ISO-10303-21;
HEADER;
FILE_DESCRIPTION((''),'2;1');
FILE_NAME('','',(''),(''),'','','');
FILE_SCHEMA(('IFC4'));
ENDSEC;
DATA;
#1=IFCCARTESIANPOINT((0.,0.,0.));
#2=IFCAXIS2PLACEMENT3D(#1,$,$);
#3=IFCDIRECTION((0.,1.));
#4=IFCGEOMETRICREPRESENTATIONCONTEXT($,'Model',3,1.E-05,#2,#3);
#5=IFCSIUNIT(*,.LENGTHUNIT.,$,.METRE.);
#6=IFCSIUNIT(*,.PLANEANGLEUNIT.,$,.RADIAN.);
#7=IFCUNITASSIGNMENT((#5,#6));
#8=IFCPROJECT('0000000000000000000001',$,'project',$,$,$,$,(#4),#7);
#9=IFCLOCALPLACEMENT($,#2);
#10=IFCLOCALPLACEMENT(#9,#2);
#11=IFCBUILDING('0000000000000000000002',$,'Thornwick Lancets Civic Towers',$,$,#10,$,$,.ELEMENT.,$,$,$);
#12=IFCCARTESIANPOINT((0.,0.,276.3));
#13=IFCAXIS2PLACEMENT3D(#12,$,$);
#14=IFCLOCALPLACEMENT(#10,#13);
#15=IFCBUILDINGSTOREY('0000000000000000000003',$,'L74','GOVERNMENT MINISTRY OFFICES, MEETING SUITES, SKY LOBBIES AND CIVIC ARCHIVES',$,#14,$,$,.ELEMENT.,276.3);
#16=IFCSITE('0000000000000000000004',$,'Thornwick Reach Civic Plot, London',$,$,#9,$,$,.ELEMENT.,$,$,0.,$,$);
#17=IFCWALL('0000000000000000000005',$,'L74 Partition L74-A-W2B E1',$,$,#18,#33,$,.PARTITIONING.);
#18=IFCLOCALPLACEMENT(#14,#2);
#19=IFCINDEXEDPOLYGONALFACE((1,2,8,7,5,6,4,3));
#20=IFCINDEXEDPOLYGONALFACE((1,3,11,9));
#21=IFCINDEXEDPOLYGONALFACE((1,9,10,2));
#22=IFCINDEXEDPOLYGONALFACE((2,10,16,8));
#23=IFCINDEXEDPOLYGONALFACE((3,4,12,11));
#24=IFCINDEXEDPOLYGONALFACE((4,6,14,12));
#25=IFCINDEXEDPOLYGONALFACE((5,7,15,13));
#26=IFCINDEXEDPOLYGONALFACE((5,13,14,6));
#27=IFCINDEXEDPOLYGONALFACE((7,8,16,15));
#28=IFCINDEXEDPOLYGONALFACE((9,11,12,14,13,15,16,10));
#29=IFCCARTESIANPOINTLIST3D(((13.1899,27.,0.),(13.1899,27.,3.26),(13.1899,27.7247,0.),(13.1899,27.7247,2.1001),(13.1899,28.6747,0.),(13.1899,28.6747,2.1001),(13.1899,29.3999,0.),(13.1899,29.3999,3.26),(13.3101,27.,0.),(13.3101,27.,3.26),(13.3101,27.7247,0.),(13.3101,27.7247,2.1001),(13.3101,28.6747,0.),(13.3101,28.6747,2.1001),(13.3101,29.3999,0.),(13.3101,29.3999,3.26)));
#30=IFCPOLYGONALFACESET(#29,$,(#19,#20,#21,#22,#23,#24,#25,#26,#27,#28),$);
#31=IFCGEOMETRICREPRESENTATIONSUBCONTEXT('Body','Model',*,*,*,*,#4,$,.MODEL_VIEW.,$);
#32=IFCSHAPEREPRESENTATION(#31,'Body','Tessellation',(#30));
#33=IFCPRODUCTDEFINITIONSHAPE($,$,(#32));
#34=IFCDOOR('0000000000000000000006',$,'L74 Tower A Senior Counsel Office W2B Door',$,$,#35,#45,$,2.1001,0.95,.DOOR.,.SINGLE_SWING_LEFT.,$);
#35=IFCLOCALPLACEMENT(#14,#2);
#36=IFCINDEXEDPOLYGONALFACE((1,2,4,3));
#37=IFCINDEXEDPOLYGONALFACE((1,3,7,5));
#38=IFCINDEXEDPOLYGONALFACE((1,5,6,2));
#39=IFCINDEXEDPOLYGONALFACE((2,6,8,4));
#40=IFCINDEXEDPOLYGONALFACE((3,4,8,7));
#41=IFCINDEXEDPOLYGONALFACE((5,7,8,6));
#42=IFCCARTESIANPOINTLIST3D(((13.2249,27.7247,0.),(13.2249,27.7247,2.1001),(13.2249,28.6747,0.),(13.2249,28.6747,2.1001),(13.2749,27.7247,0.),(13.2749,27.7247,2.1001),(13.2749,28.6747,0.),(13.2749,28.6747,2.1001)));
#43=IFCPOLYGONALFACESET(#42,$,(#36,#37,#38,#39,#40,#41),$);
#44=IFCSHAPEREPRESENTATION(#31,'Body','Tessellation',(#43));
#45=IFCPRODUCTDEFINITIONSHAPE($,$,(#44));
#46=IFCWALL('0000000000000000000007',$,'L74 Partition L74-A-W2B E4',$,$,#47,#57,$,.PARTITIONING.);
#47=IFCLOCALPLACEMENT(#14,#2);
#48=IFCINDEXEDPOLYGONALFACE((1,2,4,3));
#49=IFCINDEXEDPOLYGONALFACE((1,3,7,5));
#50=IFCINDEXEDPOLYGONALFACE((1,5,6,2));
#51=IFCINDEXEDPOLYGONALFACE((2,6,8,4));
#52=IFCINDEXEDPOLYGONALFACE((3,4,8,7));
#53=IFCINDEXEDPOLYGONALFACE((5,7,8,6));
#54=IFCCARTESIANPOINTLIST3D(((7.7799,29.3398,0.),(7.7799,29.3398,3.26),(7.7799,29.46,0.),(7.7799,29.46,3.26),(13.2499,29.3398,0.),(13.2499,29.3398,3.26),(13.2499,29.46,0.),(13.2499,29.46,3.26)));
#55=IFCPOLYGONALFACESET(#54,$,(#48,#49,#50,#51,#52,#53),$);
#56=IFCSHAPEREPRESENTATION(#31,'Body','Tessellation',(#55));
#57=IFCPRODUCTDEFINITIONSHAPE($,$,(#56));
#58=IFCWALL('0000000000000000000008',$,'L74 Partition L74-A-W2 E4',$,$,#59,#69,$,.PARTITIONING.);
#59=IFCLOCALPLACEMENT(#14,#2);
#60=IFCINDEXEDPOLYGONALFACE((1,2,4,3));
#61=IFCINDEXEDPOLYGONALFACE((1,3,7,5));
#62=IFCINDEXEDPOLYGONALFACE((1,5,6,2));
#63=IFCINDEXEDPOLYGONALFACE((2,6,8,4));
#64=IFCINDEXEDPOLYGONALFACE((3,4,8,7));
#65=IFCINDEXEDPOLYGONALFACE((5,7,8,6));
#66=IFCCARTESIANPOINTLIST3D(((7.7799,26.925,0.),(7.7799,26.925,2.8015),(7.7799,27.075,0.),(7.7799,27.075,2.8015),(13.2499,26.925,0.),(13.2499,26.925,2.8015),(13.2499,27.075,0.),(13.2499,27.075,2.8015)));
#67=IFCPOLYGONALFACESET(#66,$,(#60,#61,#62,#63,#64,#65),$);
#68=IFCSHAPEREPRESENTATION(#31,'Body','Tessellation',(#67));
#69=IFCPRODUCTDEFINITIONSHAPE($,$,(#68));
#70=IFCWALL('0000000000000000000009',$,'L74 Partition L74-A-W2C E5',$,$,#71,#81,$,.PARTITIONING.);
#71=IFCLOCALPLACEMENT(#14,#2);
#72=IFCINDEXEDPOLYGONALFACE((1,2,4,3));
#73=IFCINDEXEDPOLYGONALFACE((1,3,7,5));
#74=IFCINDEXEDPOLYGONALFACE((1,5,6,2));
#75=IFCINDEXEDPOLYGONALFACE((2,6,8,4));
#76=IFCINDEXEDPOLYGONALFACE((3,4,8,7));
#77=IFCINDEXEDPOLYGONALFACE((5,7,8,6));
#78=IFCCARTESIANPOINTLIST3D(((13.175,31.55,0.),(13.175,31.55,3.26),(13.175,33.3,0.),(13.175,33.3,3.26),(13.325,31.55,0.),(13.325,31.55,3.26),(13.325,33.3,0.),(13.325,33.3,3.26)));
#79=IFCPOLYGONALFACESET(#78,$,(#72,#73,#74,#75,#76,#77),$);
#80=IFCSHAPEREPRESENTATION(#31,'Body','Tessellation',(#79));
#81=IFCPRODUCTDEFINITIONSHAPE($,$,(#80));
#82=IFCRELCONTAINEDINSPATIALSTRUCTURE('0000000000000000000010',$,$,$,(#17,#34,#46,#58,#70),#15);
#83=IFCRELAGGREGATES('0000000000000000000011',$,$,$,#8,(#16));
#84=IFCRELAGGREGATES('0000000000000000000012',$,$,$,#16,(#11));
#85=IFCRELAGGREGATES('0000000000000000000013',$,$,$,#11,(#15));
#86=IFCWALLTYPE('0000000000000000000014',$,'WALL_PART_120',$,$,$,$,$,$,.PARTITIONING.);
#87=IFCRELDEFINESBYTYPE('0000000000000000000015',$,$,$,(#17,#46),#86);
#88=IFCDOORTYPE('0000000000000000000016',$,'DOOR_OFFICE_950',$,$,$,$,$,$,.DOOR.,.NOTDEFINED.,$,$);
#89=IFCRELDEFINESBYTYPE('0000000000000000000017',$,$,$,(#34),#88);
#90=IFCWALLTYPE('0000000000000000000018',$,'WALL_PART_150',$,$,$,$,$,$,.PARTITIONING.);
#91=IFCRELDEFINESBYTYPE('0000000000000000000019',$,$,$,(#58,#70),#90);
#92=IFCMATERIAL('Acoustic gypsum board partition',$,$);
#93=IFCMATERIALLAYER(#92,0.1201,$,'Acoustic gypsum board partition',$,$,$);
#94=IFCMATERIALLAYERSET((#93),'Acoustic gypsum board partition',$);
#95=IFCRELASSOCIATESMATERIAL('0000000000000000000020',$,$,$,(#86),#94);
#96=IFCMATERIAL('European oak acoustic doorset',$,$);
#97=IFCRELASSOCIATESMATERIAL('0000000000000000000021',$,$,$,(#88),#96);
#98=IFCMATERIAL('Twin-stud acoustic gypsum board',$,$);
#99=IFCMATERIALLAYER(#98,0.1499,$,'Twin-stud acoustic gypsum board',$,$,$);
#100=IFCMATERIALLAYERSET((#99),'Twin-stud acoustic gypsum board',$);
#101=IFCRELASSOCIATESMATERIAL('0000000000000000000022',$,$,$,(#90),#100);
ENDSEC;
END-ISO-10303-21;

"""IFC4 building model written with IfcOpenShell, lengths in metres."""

from ifc_helpers import new_model, si_unit, direction, frame, frame_2d, origin, place, context, subcontext, project, spatial, rectangle, extrude, material, layer, layer_set, type_object, element, fill, save


model = new_model("IFC4")

# Units and contexts
model_context = context("Model", 3, precision=1e-05, world=origin(), true_north=direction((0.0, 1.0)))
body_context = subcontext(model_context, "Body", "Model", "MODEL_VIEW")
ifc_project = project(units=[si_unit("LENGTHUNIT", "METRE"), si_unit("PLANEANGLEUNIT", "RADIAN")], contexts=[model_context])

# Site, building, storey
site_placement = place(None, origin())
site = spatial("IfcSite", under=ifc_project, at=site_placement, Name="Thornwick Reach Civic Plot, London", CompositionType="ELEMENT", RefElevation=0.0)
building_placement = place(site_placement, origin())
building = spatial("IfcBuilding", under=site, at=building_placement, Name="Thornwick Lancets Civic Towers", CompositionType="ELEMENT")
storey_placement = place(building_placement, frame((0.0, 0.0, 276.3)))
storey = spatial("IfcBuildingStorey", under=building, at=storey_placement, Name="L74", Description="GOVERNMENT MINISTRY OFFICES, MEETING SUITES, SKY LOBBIES AND CIVIC ARCHIVES", CompositionType="ELEMENT", Elevation=276.3)

# Shared definitions
ifc_material_1 = material(Name="Acoustic gypsum board partition")
ifc_layer_1 = layer(ifc_material_1, 0.1201, Name="Acoustic gypsum board partition")
ifc_layer_set_1 = layer_set([ifc_layer_1], Name="Acoustic gypsum board partition")
wall_type_1 = type_object("IfcWallType", Name="WALL_PART_120", PredefinedType="PARTITIONING", material=ifc_layer_set_1)

# Wall, opening, door
wall_1_placement = place(storey_placement, frame((13.25, 29.3999, 0.0), z_axis=(0.0, 0.0, 1.0), x_axis=(0.0, -1.0, 0.0)))
wall_1 = element("IfcWall", 1, at=wall_1_placement, inside=storey, type_object=wall_type_1, Name="L74 Partition L74-A-W2B E1", PredefinedType="PARTITIONING", context=body_context, shape_type="SweptSolid", body=[
    extrude(rectangle(XDim=2.3999, YDim=0.1201, at=frame_2d((1.2, 0.0))), origin(), (0.0, 0.0, 1.0), 3.26),
])
opening_1_placement = place(wall_1_placement, frame((0.7251, 0.0, 0.0)))
opening_1 = element("IfcOpeningElement", 2, at=opening_1_placement, cuts=wall_1, PredefinedType="OPENING", context=body_context, shape_type="SweptSolid", body=[
    extrude(rectangle(XDim=0.95, YDim=2.1001, at=frame_2d((0.4751, 1.05))), frame((0.0, 0.0701, 0.0), z_axis=(0.0, -1.0, 0.0), x_axis=(1.0, 0.0, 0.0)), (0.0, 0.0, 1.0), 0.1401),
])
ifc_material_2 = material(Name="European oak acoustic doorset")
door_type_1 = type_object("IfcDoorType", Name="DOOR_OFFICE_950", OperationType="NOTDEFINED", PredefinedType="DOOR", material=ifc_material_2)
door_1_placement = place(opening_1_placement, origin())
door_1 = element("IfcDoor", 3, at=door_1_placement, inside=storey, type_object=door_type_1, Name="L74 Tower A Senior Counsel Office W2B Door", OperationType="SINGLE_SWING_LEFT", OverallHeight=2.1001, OverallWidth=0.95, PredefinedType="DOOR", context=body_context, shape_type="SweptSolid", body=[
    extrude(rectangle(XDim=0.95, YDim=2.1001, at=frame_2d((0.4751, 1.05))), frame((0.0, 0.0249, 0.0), z_axis=(0.0, -1.0, 0.0), x_axis=(1.0, 0.0, 0.0)), (0.0, 0.0, 1.0), 0.05),
])
fill(opening_1, door_1)

# Wall
wall_2_placement = place(storey_placement, frame((7.78, 29.3999, 0.0), z_axis=(0.0, 0.0, 1.0), x_axis=(1.0, 0.0, 0.0)))
element("IfcWall", 4, at=wall_2_placement, inside=storey, type_object=wall_type_1, Name="L74 Partition L74-A-W2B E4", PredefinedType="PARTITIONING", context=body_context, shape_type="SweptSolid", body=[
    extrude(rectangle(XDim=5.47, YDim=0.1201, at=frame_2d((2.7349, 0.0))), origin(), (0.0, 0.0, 1.0), 3.26),
])

# Shared definitions
ifc_material_3 = material(Name="Twin-stud acoustic gypsum board")
ifc_layer_2 = layer(ifc_material_3, 0.1499, Name="Twin-stud acoustic gypsum board")
ifc_layer_set_2 = layer_set([ifc_layer_2], Name="Twin-stud acoustic gypsum board")
wall_type_2 = type_object("IfcWallType", Name="WALL_PART_150", PredefinedType="PARTITIONING", material=ifc_layer_set_2)

# Walls
wall_3_placement = place(storey_placement, frame((7.78, 27.0, 0.0), z_axis=(0.0, 0.0, 1.0), x_axis=(1.0, 0.0, 0.0)))
element("IfcWall", 5, at=wall_3_placement, inside=storey, type_object=wall_type_2, Name="L74 Partition L74-A-W2 E4", PredefinedType="PARTITIONING", context=body_context, shape_type="SweptSolid", body=[
    extrude(rectangle(XDim=5.47, YDim=0.1499, at=frame_2d((2.7349, 0.0))), origin(), (0.0, 0.0, 1.0), 2.8015),
])
wall_4_placement = place(storey_placement, frame((13.25, 33.3, 0.0), z_axis=(0.0, 0.0, 1.0), x_axis=(0.0, -1.0, 0.0)))
element("IfcWall", 6, at=wall_4_placement, inside=storey, type_object=wall_type_2, Name="L74 Partition L74-A-W2C E5", PredefinedType="PARTITIONING", context=body_context, shape_type="SweptSolid", body=[
    extrude(rectangle(XDim=1.75, YDim=0.1499, at=frame_2d((0.875, 0.0))), origin(), (0.0, 0.0, 1.0), 3.26),
])

save(model, "model.ifc")
